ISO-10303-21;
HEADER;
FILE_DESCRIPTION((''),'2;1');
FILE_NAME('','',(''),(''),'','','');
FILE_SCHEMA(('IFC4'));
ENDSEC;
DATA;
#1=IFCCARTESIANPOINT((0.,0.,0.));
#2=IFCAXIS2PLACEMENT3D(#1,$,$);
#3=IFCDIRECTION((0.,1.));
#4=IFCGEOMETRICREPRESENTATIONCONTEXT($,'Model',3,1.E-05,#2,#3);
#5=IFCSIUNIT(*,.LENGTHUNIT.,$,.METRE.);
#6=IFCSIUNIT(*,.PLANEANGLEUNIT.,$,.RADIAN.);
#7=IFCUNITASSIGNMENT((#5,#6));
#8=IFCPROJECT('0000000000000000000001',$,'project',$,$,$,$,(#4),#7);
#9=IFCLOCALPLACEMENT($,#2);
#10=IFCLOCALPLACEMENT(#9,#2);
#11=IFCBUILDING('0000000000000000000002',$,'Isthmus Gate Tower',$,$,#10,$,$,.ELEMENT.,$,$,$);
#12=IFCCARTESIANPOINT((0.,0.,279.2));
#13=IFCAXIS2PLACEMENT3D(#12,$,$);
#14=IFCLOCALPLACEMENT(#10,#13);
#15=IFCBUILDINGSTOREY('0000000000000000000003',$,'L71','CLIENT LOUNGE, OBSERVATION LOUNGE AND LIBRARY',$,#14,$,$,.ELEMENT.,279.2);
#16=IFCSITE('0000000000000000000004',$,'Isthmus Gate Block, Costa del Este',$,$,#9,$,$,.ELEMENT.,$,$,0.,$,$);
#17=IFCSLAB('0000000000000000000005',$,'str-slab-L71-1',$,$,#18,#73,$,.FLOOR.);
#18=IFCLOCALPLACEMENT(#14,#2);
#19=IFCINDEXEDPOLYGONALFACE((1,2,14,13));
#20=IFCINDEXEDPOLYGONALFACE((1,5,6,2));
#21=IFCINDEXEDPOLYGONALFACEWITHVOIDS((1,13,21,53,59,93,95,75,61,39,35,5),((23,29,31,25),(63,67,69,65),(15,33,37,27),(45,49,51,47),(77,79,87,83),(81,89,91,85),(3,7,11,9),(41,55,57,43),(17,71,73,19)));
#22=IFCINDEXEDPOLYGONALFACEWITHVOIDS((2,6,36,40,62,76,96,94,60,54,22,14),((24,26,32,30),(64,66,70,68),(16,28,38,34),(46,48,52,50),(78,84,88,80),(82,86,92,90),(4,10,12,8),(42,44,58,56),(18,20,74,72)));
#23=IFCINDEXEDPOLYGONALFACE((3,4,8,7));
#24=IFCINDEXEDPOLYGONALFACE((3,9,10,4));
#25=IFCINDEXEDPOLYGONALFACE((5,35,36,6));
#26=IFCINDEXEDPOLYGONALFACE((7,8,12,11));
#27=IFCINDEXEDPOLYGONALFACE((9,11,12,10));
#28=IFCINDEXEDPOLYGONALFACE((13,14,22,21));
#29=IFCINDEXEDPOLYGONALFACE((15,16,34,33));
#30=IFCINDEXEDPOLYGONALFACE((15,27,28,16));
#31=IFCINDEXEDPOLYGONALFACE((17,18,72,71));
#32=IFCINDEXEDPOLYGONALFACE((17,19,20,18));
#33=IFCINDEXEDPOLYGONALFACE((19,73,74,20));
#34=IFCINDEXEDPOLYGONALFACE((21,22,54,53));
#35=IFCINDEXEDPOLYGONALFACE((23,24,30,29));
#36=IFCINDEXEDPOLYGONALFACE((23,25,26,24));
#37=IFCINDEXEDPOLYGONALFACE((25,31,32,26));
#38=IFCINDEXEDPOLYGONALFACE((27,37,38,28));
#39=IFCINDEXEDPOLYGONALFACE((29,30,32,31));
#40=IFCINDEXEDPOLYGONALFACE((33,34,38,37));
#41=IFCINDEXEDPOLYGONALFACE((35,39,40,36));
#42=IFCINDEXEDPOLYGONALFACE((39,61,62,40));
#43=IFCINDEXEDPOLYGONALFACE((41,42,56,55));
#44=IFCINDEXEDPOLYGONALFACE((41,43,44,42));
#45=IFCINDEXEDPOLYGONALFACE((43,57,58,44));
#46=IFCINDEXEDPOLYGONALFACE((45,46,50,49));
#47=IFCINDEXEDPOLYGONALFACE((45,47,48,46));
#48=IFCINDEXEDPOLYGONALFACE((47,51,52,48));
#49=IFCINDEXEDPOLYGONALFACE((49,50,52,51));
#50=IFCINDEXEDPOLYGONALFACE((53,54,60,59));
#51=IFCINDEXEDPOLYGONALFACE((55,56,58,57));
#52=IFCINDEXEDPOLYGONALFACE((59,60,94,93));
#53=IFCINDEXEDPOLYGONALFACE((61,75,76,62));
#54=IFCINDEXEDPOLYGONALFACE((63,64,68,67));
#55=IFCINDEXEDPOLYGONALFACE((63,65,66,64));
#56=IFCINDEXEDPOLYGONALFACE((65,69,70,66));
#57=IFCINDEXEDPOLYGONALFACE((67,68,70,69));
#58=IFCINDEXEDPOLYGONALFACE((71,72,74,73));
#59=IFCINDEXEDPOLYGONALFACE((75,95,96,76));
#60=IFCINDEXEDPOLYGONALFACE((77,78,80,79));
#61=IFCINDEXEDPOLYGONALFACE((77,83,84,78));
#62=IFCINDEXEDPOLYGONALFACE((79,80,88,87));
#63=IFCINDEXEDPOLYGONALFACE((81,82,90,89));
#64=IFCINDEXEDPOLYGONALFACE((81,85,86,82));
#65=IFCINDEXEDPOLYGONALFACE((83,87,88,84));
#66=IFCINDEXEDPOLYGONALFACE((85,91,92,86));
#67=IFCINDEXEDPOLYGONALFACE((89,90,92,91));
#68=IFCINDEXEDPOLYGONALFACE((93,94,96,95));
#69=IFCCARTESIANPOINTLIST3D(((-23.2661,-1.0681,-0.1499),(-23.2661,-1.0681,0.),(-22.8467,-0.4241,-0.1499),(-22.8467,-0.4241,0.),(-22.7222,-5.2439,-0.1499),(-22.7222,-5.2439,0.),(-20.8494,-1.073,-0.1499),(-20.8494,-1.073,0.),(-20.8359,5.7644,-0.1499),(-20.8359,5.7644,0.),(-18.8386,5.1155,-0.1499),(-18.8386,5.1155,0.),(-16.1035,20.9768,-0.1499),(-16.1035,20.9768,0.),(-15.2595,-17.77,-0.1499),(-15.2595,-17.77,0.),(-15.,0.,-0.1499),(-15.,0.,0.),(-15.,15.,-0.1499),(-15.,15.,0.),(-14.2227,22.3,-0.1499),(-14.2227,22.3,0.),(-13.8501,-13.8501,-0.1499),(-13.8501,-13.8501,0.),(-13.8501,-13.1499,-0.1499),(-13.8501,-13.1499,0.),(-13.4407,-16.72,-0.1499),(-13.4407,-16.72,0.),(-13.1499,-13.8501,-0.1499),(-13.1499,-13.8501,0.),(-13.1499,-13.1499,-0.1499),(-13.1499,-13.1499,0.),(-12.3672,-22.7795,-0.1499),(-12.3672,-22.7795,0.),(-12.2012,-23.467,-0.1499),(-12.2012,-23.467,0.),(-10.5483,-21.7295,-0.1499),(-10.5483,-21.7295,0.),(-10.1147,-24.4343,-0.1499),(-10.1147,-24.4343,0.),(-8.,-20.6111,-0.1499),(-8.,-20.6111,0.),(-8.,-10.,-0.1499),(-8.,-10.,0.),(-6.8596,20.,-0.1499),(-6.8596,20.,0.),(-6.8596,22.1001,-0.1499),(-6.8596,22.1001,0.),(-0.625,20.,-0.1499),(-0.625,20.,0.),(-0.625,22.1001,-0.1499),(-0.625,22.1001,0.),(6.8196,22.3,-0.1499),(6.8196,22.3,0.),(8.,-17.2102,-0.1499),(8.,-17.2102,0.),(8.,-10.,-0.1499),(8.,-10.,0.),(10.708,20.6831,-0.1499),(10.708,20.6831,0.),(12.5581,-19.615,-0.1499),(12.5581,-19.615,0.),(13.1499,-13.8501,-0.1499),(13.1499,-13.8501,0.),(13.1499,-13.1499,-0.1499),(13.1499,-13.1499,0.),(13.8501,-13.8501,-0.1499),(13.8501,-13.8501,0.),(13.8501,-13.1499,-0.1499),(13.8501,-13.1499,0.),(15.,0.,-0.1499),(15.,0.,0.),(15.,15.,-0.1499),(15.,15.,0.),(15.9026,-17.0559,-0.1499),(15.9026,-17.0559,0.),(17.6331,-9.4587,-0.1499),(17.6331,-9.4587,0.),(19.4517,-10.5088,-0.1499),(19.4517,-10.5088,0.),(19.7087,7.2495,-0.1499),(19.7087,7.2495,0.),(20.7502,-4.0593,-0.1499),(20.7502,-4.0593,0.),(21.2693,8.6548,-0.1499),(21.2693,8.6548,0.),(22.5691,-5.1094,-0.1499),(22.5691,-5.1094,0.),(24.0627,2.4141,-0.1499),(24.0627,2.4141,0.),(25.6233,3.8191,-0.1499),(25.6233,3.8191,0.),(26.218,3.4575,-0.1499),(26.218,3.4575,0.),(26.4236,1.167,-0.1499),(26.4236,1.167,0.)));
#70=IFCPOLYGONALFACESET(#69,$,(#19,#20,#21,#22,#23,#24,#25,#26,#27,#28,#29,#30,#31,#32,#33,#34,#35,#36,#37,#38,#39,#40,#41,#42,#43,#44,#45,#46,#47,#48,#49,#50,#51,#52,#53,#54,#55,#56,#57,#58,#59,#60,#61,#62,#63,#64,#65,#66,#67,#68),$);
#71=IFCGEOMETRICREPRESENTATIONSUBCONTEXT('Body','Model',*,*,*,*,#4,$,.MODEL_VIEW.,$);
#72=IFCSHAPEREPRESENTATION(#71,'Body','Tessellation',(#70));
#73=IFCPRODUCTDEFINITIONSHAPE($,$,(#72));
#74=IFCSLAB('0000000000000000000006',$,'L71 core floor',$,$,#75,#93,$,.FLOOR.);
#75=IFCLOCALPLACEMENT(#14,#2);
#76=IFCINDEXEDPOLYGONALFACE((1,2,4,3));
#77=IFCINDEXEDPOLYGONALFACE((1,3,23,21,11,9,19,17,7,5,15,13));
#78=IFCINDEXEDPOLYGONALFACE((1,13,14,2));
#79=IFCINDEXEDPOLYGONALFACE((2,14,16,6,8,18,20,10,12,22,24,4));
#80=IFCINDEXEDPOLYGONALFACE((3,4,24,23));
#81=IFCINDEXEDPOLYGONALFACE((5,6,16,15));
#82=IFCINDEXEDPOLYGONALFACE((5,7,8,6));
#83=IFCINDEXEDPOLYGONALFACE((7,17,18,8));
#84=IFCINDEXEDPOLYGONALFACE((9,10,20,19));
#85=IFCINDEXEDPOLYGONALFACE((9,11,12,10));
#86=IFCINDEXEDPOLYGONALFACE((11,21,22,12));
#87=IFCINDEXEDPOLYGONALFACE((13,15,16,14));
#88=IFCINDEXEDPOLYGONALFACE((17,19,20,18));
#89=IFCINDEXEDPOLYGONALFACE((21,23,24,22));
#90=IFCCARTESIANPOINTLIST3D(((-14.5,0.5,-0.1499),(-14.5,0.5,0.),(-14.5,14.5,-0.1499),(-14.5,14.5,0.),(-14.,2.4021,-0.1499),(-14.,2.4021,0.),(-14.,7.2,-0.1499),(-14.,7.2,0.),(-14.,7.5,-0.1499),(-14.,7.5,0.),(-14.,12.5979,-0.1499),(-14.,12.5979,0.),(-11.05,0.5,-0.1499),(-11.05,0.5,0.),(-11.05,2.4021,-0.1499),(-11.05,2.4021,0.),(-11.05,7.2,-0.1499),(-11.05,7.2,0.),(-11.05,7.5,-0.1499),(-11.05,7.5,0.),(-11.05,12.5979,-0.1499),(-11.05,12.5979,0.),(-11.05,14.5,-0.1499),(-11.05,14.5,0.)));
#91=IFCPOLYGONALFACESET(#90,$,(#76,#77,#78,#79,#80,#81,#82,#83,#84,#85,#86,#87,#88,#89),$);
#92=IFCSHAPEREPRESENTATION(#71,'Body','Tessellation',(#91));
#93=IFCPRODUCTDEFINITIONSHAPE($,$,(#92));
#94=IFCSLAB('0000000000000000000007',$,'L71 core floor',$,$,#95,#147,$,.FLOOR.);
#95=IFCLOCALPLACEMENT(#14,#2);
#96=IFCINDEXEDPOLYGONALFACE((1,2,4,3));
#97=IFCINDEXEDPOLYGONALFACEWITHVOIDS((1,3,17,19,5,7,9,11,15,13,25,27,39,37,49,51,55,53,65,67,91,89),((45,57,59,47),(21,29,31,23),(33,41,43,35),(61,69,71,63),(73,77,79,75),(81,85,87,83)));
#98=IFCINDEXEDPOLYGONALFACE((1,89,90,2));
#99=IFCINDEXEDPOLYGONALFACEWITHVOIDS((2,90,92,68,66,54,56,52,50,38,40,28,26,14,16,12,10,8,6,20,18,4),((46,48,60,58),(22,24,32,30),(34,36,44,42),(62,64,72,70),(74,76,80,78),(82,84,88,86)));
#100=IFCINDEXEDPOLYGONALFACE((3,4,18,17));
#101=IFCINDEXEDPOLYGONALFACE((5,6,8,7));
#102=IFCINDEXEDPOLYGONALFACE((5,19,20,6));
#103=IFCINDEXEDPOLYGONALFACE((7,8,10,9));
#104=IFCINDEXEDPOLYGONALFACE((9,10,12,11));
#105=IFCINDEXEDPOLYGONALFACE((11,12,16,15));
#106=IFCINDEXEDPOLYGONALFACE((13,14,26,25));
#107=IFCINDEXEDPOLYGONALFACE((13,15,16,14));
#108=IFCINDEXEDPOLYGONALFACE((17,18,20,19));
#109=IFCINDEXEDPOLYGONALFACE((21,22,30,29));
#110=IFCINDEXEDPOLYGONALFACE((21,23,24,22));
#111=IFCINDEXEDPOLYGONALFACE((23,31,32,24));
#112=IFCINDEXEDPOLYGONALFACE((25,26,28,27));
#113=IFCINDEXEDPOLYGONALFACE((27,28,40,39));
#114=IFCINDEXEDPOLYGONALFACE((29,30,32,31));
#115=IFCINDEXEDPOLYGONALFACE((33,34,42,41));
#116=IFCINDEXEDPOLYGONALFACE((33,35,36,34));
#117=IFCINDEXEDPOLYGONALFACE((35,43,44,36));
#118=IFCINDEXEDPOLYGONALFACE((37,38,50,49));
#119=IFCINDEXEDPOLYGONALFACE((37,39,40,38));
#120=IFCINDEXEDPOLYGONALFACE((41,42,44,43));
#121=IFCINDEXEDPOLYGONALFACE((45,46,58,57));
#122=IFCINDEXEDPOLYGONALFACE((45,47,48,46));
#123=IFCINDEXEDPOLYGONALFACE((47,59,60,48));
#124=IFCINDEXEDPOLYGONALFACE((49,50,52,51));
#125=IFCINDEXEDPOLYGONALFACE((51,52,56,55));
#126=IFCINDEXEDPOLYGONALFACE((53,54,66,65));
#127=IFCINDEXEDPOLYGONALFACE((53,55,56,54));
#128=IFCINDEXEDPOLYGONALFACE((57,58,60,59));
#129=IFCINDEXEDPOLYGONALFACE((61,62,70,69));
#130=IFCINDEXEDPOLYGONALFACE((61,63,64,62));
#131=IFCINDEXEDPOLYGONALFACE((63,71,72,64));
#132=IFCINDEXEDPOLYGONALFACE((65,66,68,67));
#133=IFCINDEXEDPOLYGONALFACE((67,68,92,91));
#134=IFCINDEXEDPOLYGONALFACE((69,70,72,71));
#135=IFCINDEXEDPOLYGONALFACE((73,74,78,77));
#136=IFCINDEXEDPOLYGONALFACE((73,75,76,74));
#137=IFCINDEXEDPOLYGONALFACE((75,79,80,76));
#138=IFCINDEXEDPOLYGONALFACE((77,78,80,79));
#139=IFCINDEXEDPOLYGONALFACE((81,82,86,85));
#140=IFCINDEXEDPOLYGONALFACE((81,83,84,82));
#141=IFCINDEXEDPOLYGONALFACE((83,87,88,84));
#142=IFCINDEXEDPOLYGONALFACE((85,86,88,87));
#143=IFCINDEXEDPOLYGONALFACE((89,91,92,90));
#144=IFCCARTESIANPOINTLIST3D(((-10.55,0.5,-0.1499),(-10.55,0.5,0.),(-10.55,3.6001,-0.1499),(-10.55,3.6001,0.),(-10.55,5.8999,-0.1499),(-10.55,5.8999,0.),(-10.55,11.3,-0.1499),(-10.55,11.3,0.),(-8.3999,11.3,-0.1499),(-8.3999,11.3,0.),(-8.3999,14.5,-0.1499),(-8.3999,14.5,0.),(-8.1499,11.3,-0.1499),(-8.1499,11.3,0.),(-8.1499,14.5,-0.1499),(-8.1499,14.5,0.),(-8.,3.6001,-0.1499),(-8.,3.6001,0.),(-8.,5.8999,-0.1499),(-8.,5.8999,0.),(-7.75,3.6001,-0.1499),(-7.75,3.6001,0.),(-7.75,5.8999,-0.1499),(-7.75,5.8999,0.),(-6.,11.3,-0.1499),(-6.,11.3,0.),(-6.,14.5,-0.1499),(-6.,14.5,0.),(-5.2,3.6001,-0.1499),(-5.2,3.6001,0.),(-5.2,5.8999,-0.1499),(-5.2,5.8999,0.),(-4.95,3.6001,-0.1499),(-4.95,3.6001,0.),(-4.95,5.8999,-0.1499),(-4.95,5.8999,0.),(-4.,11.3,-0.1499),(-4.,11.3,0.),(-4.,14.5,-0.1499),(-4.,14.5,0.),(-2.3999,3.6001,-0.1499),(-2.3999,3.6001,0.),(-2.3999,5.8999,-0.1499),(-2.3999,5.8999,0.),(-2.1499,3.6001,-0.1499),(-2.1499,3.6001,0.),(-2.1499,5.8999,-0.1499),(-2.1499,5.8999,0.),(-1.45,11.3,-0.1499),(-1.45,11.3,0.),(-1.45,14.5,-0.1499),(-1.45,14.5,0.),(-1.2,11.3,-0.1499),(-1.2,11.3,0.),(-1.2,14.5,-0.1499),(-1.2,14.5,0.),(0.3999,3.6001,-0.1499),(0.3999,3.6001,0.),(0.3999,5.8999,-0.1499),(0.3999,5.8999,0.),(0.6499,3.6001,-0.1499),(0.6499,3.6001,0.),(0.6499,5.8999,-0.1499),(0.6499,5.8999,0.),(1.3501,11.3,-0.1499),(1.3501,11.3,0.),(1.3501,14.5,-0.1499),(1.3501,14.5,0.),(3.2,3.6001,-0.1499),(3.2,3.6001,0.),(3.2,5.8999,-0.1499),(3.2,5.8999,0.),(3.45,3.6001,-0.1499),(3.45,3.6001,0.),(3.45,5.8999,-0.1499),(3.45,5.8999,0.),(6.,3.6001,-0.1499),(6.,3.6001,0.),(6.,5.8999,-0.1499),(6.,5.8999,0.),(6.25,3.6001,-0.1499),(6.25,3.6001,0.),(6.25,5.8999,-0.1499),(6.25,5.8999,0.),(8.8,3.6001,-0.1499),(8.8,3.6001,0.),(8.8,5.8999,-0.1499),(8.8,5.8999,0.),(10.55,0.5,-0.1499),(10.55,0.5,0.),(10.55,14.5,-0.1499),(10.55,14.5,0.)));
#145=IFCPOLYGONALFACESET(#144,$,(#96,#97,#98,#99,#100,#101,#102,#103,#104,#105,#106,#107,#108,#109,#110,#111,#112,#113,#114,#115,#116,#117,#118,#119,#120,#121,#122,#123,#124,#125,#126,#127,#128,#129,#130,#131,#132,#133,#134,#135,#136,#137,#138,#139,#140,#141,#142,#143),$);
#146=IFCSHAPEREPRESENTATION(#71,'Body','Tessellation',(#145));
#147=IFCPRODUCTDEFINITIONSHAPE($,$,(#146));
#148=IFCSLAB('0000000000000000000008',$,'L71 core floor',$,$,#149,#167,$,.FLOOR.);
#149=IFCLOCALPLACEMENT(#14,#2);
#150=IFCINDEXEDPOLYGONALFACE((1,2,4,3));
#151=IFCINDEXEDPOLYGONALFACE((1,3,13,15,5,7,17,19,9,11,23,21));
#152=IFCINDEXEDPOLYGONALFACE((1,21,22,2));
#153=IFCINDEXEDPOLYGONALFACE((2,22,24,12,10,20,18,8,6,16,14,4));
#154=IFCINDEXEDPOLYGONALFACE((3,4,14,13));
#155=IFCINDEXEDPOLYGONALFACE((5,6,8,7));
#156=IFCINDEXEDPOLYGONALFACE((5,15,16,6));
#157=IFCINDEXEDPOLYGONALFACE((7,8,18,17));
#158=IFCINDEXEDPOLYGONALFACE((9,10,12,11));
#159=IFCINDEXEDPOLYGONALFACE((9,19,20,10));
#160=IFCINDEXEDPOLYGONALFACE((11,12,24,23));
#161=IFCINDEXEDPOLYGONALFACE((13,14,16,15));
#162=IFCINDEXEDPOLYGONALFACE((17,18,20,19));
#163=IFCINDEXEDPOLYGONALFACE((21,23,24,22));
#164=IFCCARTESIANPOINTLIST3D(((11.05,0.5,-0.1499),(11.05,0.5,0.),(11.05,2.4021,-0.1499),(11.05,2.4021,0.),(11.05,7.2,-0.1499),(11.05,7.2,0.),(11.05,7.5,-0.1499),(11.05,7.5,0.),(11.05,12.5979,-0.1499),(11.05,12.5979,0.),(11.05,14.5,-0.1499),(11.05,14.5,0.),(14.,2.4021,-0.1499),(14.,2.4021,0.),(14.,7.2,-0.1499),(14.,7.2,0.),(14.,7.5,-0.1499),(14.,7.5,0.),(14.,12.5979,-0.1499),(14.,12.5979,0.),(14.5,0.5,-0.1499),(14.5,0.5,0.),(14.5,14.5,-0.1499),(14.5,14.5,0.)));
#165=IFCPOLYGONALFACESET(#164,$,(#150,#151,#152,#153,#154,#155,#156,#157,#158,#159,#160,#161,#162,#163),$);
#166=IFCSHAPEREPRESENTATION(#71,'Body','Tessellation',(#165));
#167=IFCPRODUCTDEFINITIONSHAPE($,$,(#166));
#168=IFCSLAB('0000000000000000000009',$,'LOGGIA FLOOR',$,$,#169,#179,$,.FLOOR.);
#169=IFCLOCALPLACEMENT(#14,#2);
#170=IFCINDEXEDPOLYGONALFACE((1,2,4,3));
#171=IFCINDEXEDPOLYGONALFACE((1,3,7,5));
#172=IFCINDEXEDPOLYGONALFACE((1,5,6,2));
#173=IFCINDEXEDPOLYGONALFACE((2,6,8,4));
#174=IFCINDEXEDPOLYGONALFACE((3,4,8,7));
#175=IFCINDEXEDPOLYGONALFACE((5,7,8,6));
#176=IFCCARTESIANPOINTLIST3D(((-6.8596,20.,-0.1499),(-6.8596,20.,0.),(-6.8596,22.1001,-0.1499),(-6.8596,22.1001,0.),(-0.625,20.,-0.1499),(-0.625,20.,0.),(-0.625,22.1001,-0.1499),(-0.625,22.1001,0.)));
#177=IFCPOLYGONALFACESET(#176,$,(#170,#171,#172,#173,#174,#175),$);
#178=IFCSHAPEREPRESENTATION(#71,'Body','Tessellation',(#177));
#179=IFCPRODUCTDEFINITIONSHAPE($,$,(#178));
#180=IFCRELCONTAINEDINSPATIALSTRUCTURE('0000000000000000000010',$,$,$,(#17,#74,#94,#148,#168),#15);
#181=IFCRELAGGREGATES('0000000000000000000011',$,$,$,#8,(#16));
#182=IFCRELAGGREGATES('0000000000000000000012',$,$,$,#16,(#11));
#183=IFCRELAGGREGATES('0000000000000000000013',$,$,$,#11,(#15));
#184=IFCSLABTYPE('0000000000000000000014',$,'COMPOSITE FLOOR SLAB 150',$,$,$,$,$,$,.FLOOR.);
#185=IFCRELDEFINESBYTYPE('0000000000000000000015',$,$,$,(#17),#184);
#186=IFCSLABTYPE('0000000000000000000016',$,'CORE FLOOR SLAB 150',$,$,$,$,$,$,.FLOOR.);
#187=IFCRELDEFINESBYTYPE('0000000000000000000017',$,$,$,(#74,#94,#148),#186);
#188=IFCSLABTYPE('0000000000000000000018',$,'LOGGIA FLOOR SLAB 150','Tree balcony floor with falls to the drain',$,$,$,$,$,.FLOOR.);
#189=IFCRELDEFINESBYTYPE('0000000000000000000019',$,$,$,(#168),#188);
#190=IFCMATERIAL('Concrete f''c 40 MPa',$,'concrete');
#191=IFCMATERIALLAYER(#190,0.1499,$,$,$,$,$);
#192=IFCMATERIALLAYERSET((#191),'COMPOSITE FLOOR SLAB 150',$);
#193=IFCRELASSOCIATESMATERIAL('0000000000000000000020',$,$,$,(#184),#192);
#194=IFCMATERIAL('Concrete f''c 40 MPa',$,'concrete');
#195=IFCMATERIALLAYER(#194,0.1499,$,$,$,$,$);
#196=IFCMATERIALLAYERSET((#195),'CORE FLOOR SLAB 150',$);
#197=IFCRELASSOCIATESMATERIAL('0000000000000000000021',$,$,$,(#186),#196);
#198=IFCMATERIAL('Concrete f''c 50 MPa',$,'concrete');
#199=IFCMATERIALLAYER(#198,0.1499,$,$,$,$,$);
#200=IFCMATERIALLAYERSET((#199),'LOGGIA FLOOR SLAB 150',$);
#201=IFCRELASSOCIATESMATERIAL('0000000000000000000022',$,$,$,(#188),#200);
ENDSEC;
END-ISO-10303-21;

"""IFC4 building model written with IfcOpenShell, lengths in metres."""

from ifc_helpers import new_model, si_unit, direction, frame, origin, place, context, subcontext, project, spatial, polyline, outline, extrude, material, layer, layer_set, type_object, element, save


model = new_model("IFC4")

# Units and contexts
model_context = context("Model", 3, precision=1e-05, world=origin(), true_north=direction((0.0, 1.0)))
body_context = subcontext(model_context, "Body", "Model", "MODEL_VIEW")
ifc_project = project(units=[si_unit("LENGTHUNIT", "METRE"), si_unit("PLANEANGLEUNIT", "RADIAN")], contexts=[model_context])

# Site, building, storey
site_placement = place(None, origin())
site = spatial("IfcSite", under=ifc_project, at=site_placement, Name="Isthmus Gate Block, Costa del Este", CompositionType="ELEMENT", RefElevation=0.0)
building_placement = place(site_placement, origin())
building = spatial("IfcBuilding", under=site, at=building_placement, Name="Isthmus Gate Tower", CompositionType="ELEMENT")
storey_placement = place(building_placement, frame((0.0, 0.0, 279.2)))
storey = spatial("IfcBuildingStorey", under=building, at=storey_placement, Name="L71", Description="CLIENT LOUNGE, OBSERVATION LOUNGE AND LIBRARY", CompositionType="ELEMENT", Elevation=279.2)

# Slabs
ifc_material_1 = material(Name="Concrete f'c 40 MPa", Category="concrete")
ifc_layer_1 = layer(ifc_material_1, 0.1499)
ifc_layer_set_1 = layer_set([ifc_layer_1], Name="COMPOSITE FLOOR SLAB 150")
slab_type_1 = type_object("IfcSlabType", Name="COMPOSITE FLOOR SLAB 150", PredefinedType="FLOOR", material=ifc_layer_set_1)
slab_1_placement = place(storey_placement, frame((0.0, 0.0, -0.1499)))
element("IfcSlab", 1, at=slab_1_placement, inside=storey, type_object=slab_type_1, Name="str-slab-L71-1", PredefinedType="FLOOR", context=body_context, shape_type="SweptSolid", body=[
    extrude(outline(polyline([(10.708, 20.6831), (26.218, 3.4575), (26.4236, 1.167), (15.9026, -17.0559), (12.5581, -19.615), (-10.1147, -24.4343), (-12.2012, -23.467), (-22.7222, -5.2439), (-23.2661, -1.0681), (-16.1035, 20.9768), (-14.2227, 22.3), (6.8196, 22.3), (10.708, 20.6831)]), holes=[polyline([(-10.5483, -21.7295), (-13.4407, -16.72), (-15.2595, -17.77), (-12.3672, -22.7795), (-10.5483, -21.7295)]), polyline([(8.0, -10.0), (-8.0, -10.0), (-8.0, -20.6111), (8.0, -17.2102), (8.0, -10.0)]), polyline([(-13.1499, -13.1499), (-13.8501, -13.1499), (-13.8501, -13.8501), (-13.1499, -13.8501), (-13.1499, -13.1499)]), polyline([(13.8501, -13.1499), (13.1499, -13.1499), (13.1499, -13.8501), (13.8501, -13.8501), (13.8501, -13.1499)]), polyline([(20.7502, -4.0593), (17.6331, -9.4587), (19.4517, -10.5088), (22.5691, -5.1094), (20.7502, -4.0593)]), polyline([(-20.8494, -1.073), (-18.8386, 5.1155), (-20.8359, 5.7644), (-22.8467, -0.4241), (-20.8494, -1.073)]), polyline([(19.7087, 7.2495), (24.0627, 2.4141), (25.6233, 3.8191), (21.2693, 8.6548), (19.7087, 7.2495)]), polyline([(15.0, 15.0), (-15.0, 15.0), (-15.0, 0.0), (15.0, 0.0), (15.0, 15.0)]), polyline([(-6.8596, 22.1001), (-6.8596, 20.0), (-0.625, 20.0), (-0.625, 22.1001), (-6.8596, 22.1001)])]), origin(), (0.0, 0.0, 1.0), 0.1499),
])
ifc_material_2 = material(Name="Concrete f'c 40 MPa", Category="concrete")
ifc_layer_2 = layer(ifc_material_2, 0.1499)
ifc_layer_set_2 = layer_set([ifc_layer_2], Name="CORE FLOOR SLAB 150")
slab_type_2 = type_object("IfcSlabType", Name="CORE FLOOR SLAB 150", PredefinedType="FLOOR", material=ifc_layer_set_2)
slab_2_placement = place(storey_placement, frame((0.0, 0.0, -0.1499)))
element("IfcSlab", 2, at=slab_2_placement, inside=storey, type_object=slab_type_2, Name="L71 core floor", PredefinedType="FLOOR", context=body_context, shape_type="SweptSolid", body=[
    extrude(outline(polyline([(-11.05, 0.5), (-11.05, 2.4021), (-14.0, 2.4021), (-14.0, 7.2), (-11.05, 7.2), (-11.05, 7.5), (-14.0, 7.5), (-14.0, 12.5979), (-11.05, 12.5979), (-11.05, 14.5), (-14.5, 14.5), (-14.5, 0.5), (-11.05, 0.5)])), origin(), (0.0, 0.0, 1.0), 0.1499),
])
slab_3_placement = place(storey_placement, frame((0.0, 0.0, -0.1499)))
element("IfcSlab", 3, at=slab_3_placement, inside=storey, type_object=slab_type_2, Name="L71 core floor", PredefinedType="FLOOR", context=body_context, shape_type="SweptSolid", body=[
    extrude(outline(polyline([(10.55, 14.5), (1.3501, 14.5), (1.3501, 11.3), (-1.2, 11.3), (-1.2, 14.5), (-1.45, 14.5), (-1.45, 11.3), (-4.0, 11.3), (-4.0, 14.5), (-6.0, 14.5), (-6.0, 11.3), (-8.1499, 11.3), (-8.1499, 14.5), (-8.3999, 14.5), (-8.3999, 11.3), (-10.55, 11.3), (-10.55, 5.8999), (-8.0, 5.8999), (-8.0, 3.6001), (-10.55, 3.6001), (-10.55, 0.5), (10.55, 0.5), (10.55, 14.5)]), holes=[polyline([(-5.2, 5.8999), (-5.2, 3.6001), (-7.75, 3.6001), (-7.75, 5.8999), (-5.2, 5.8999)]), polyline([(-2.3999, 5.8999), (-2.3999, 3.6001), (-4.95, 3.6001), (-4.95, 5.8999), (-2.3999, 5.8999)]), polyline([(0.3999, 5.8999), (0.3999, 3.6001), (-2.1499, 3.6001), (-2.1499, 5.8999), (0.3999, 5.8999)]), polyline([(3.2, 5.8999), (3.2, 3.6001), (0.6499, 3.6001), (0.6499, 5.8999), (3.2, 5.8999)]), polyline([(6.0, 5.8999), (6.0, 3.6001), (3.45, 3.6001), (3.45, 5.8999), (6.0, 5.8999)]), polyline([(8.8, 5.8999), (8.8, 3.6001), (6.25, 3.6001), (6.25, 5.8999), (8.8, 5.8999)])]), origin(), (0.0, 0.0, 1.0), 0.1499),
])
slab_4_placement = place(storey_placement, frame((0.0, 0.0, -0.1499)))
element("IfcSlab", 4, at=slab_4_placement, inside=storey, type_object=slab_type_2, Name="L71 core floor", PredefinedType="FLOOR", context=body_context, shape_type="SweptSolid", body=[
    extrude(outline(polyline([(11.05, 14.5), (11.05, 12.5979), (14.0, 12.5979), (14.0, 7.5), (11.05, 7.5), (11.05, 7.2), (14.0, 7.2), (14.0, 2.4021), (11.05, 2.4021), (11.05, 0.5), (14.5, 0.5), (14.5, 14.5), (11.05, 14.5)])), origin(), (0.0, 0.0, 1.0), 0.1499),
])
ifc_material_3 = material(Name="Concrete f'c 50 MPa", Category="concrete")
ifc_layer_3 = layer(ifc_material_3, 0.1499)
ifc_layer_set_3 = layer_set([ifc_layer_3], Name="LOGGIA FLOOR SLAB 150")
slab_type_3 = type_object("IfcSlabType", Name="LOGGIA FLOOR SLAB 150", Description="Tree balcony floor with falls to the drain", PredefinedType="FLOOR", material=ifc_layer_set_3)
slab_5_placement = place(storey_placement, frame((0.0, 0.0, -0.1499)))
element("IfcSlab", 5, at=slab_5_placement, inside=storey, type_object=slab_type_3, Name="LOGGIA FLOOR", PredefinedType="FLOOR", context=body_context, shape_type="SweptSolid", body=[
    extrude(outline(polyline([(-0.625, 22.1001), (-6.8596, 22.1001), (-6.8596, 20.0), (-0.625, 20.0), (-0.625, 22.1001)])), origin(), (0.0, 0.0, 1.0), 0.1499),
])

save(model, "model.ifc")
